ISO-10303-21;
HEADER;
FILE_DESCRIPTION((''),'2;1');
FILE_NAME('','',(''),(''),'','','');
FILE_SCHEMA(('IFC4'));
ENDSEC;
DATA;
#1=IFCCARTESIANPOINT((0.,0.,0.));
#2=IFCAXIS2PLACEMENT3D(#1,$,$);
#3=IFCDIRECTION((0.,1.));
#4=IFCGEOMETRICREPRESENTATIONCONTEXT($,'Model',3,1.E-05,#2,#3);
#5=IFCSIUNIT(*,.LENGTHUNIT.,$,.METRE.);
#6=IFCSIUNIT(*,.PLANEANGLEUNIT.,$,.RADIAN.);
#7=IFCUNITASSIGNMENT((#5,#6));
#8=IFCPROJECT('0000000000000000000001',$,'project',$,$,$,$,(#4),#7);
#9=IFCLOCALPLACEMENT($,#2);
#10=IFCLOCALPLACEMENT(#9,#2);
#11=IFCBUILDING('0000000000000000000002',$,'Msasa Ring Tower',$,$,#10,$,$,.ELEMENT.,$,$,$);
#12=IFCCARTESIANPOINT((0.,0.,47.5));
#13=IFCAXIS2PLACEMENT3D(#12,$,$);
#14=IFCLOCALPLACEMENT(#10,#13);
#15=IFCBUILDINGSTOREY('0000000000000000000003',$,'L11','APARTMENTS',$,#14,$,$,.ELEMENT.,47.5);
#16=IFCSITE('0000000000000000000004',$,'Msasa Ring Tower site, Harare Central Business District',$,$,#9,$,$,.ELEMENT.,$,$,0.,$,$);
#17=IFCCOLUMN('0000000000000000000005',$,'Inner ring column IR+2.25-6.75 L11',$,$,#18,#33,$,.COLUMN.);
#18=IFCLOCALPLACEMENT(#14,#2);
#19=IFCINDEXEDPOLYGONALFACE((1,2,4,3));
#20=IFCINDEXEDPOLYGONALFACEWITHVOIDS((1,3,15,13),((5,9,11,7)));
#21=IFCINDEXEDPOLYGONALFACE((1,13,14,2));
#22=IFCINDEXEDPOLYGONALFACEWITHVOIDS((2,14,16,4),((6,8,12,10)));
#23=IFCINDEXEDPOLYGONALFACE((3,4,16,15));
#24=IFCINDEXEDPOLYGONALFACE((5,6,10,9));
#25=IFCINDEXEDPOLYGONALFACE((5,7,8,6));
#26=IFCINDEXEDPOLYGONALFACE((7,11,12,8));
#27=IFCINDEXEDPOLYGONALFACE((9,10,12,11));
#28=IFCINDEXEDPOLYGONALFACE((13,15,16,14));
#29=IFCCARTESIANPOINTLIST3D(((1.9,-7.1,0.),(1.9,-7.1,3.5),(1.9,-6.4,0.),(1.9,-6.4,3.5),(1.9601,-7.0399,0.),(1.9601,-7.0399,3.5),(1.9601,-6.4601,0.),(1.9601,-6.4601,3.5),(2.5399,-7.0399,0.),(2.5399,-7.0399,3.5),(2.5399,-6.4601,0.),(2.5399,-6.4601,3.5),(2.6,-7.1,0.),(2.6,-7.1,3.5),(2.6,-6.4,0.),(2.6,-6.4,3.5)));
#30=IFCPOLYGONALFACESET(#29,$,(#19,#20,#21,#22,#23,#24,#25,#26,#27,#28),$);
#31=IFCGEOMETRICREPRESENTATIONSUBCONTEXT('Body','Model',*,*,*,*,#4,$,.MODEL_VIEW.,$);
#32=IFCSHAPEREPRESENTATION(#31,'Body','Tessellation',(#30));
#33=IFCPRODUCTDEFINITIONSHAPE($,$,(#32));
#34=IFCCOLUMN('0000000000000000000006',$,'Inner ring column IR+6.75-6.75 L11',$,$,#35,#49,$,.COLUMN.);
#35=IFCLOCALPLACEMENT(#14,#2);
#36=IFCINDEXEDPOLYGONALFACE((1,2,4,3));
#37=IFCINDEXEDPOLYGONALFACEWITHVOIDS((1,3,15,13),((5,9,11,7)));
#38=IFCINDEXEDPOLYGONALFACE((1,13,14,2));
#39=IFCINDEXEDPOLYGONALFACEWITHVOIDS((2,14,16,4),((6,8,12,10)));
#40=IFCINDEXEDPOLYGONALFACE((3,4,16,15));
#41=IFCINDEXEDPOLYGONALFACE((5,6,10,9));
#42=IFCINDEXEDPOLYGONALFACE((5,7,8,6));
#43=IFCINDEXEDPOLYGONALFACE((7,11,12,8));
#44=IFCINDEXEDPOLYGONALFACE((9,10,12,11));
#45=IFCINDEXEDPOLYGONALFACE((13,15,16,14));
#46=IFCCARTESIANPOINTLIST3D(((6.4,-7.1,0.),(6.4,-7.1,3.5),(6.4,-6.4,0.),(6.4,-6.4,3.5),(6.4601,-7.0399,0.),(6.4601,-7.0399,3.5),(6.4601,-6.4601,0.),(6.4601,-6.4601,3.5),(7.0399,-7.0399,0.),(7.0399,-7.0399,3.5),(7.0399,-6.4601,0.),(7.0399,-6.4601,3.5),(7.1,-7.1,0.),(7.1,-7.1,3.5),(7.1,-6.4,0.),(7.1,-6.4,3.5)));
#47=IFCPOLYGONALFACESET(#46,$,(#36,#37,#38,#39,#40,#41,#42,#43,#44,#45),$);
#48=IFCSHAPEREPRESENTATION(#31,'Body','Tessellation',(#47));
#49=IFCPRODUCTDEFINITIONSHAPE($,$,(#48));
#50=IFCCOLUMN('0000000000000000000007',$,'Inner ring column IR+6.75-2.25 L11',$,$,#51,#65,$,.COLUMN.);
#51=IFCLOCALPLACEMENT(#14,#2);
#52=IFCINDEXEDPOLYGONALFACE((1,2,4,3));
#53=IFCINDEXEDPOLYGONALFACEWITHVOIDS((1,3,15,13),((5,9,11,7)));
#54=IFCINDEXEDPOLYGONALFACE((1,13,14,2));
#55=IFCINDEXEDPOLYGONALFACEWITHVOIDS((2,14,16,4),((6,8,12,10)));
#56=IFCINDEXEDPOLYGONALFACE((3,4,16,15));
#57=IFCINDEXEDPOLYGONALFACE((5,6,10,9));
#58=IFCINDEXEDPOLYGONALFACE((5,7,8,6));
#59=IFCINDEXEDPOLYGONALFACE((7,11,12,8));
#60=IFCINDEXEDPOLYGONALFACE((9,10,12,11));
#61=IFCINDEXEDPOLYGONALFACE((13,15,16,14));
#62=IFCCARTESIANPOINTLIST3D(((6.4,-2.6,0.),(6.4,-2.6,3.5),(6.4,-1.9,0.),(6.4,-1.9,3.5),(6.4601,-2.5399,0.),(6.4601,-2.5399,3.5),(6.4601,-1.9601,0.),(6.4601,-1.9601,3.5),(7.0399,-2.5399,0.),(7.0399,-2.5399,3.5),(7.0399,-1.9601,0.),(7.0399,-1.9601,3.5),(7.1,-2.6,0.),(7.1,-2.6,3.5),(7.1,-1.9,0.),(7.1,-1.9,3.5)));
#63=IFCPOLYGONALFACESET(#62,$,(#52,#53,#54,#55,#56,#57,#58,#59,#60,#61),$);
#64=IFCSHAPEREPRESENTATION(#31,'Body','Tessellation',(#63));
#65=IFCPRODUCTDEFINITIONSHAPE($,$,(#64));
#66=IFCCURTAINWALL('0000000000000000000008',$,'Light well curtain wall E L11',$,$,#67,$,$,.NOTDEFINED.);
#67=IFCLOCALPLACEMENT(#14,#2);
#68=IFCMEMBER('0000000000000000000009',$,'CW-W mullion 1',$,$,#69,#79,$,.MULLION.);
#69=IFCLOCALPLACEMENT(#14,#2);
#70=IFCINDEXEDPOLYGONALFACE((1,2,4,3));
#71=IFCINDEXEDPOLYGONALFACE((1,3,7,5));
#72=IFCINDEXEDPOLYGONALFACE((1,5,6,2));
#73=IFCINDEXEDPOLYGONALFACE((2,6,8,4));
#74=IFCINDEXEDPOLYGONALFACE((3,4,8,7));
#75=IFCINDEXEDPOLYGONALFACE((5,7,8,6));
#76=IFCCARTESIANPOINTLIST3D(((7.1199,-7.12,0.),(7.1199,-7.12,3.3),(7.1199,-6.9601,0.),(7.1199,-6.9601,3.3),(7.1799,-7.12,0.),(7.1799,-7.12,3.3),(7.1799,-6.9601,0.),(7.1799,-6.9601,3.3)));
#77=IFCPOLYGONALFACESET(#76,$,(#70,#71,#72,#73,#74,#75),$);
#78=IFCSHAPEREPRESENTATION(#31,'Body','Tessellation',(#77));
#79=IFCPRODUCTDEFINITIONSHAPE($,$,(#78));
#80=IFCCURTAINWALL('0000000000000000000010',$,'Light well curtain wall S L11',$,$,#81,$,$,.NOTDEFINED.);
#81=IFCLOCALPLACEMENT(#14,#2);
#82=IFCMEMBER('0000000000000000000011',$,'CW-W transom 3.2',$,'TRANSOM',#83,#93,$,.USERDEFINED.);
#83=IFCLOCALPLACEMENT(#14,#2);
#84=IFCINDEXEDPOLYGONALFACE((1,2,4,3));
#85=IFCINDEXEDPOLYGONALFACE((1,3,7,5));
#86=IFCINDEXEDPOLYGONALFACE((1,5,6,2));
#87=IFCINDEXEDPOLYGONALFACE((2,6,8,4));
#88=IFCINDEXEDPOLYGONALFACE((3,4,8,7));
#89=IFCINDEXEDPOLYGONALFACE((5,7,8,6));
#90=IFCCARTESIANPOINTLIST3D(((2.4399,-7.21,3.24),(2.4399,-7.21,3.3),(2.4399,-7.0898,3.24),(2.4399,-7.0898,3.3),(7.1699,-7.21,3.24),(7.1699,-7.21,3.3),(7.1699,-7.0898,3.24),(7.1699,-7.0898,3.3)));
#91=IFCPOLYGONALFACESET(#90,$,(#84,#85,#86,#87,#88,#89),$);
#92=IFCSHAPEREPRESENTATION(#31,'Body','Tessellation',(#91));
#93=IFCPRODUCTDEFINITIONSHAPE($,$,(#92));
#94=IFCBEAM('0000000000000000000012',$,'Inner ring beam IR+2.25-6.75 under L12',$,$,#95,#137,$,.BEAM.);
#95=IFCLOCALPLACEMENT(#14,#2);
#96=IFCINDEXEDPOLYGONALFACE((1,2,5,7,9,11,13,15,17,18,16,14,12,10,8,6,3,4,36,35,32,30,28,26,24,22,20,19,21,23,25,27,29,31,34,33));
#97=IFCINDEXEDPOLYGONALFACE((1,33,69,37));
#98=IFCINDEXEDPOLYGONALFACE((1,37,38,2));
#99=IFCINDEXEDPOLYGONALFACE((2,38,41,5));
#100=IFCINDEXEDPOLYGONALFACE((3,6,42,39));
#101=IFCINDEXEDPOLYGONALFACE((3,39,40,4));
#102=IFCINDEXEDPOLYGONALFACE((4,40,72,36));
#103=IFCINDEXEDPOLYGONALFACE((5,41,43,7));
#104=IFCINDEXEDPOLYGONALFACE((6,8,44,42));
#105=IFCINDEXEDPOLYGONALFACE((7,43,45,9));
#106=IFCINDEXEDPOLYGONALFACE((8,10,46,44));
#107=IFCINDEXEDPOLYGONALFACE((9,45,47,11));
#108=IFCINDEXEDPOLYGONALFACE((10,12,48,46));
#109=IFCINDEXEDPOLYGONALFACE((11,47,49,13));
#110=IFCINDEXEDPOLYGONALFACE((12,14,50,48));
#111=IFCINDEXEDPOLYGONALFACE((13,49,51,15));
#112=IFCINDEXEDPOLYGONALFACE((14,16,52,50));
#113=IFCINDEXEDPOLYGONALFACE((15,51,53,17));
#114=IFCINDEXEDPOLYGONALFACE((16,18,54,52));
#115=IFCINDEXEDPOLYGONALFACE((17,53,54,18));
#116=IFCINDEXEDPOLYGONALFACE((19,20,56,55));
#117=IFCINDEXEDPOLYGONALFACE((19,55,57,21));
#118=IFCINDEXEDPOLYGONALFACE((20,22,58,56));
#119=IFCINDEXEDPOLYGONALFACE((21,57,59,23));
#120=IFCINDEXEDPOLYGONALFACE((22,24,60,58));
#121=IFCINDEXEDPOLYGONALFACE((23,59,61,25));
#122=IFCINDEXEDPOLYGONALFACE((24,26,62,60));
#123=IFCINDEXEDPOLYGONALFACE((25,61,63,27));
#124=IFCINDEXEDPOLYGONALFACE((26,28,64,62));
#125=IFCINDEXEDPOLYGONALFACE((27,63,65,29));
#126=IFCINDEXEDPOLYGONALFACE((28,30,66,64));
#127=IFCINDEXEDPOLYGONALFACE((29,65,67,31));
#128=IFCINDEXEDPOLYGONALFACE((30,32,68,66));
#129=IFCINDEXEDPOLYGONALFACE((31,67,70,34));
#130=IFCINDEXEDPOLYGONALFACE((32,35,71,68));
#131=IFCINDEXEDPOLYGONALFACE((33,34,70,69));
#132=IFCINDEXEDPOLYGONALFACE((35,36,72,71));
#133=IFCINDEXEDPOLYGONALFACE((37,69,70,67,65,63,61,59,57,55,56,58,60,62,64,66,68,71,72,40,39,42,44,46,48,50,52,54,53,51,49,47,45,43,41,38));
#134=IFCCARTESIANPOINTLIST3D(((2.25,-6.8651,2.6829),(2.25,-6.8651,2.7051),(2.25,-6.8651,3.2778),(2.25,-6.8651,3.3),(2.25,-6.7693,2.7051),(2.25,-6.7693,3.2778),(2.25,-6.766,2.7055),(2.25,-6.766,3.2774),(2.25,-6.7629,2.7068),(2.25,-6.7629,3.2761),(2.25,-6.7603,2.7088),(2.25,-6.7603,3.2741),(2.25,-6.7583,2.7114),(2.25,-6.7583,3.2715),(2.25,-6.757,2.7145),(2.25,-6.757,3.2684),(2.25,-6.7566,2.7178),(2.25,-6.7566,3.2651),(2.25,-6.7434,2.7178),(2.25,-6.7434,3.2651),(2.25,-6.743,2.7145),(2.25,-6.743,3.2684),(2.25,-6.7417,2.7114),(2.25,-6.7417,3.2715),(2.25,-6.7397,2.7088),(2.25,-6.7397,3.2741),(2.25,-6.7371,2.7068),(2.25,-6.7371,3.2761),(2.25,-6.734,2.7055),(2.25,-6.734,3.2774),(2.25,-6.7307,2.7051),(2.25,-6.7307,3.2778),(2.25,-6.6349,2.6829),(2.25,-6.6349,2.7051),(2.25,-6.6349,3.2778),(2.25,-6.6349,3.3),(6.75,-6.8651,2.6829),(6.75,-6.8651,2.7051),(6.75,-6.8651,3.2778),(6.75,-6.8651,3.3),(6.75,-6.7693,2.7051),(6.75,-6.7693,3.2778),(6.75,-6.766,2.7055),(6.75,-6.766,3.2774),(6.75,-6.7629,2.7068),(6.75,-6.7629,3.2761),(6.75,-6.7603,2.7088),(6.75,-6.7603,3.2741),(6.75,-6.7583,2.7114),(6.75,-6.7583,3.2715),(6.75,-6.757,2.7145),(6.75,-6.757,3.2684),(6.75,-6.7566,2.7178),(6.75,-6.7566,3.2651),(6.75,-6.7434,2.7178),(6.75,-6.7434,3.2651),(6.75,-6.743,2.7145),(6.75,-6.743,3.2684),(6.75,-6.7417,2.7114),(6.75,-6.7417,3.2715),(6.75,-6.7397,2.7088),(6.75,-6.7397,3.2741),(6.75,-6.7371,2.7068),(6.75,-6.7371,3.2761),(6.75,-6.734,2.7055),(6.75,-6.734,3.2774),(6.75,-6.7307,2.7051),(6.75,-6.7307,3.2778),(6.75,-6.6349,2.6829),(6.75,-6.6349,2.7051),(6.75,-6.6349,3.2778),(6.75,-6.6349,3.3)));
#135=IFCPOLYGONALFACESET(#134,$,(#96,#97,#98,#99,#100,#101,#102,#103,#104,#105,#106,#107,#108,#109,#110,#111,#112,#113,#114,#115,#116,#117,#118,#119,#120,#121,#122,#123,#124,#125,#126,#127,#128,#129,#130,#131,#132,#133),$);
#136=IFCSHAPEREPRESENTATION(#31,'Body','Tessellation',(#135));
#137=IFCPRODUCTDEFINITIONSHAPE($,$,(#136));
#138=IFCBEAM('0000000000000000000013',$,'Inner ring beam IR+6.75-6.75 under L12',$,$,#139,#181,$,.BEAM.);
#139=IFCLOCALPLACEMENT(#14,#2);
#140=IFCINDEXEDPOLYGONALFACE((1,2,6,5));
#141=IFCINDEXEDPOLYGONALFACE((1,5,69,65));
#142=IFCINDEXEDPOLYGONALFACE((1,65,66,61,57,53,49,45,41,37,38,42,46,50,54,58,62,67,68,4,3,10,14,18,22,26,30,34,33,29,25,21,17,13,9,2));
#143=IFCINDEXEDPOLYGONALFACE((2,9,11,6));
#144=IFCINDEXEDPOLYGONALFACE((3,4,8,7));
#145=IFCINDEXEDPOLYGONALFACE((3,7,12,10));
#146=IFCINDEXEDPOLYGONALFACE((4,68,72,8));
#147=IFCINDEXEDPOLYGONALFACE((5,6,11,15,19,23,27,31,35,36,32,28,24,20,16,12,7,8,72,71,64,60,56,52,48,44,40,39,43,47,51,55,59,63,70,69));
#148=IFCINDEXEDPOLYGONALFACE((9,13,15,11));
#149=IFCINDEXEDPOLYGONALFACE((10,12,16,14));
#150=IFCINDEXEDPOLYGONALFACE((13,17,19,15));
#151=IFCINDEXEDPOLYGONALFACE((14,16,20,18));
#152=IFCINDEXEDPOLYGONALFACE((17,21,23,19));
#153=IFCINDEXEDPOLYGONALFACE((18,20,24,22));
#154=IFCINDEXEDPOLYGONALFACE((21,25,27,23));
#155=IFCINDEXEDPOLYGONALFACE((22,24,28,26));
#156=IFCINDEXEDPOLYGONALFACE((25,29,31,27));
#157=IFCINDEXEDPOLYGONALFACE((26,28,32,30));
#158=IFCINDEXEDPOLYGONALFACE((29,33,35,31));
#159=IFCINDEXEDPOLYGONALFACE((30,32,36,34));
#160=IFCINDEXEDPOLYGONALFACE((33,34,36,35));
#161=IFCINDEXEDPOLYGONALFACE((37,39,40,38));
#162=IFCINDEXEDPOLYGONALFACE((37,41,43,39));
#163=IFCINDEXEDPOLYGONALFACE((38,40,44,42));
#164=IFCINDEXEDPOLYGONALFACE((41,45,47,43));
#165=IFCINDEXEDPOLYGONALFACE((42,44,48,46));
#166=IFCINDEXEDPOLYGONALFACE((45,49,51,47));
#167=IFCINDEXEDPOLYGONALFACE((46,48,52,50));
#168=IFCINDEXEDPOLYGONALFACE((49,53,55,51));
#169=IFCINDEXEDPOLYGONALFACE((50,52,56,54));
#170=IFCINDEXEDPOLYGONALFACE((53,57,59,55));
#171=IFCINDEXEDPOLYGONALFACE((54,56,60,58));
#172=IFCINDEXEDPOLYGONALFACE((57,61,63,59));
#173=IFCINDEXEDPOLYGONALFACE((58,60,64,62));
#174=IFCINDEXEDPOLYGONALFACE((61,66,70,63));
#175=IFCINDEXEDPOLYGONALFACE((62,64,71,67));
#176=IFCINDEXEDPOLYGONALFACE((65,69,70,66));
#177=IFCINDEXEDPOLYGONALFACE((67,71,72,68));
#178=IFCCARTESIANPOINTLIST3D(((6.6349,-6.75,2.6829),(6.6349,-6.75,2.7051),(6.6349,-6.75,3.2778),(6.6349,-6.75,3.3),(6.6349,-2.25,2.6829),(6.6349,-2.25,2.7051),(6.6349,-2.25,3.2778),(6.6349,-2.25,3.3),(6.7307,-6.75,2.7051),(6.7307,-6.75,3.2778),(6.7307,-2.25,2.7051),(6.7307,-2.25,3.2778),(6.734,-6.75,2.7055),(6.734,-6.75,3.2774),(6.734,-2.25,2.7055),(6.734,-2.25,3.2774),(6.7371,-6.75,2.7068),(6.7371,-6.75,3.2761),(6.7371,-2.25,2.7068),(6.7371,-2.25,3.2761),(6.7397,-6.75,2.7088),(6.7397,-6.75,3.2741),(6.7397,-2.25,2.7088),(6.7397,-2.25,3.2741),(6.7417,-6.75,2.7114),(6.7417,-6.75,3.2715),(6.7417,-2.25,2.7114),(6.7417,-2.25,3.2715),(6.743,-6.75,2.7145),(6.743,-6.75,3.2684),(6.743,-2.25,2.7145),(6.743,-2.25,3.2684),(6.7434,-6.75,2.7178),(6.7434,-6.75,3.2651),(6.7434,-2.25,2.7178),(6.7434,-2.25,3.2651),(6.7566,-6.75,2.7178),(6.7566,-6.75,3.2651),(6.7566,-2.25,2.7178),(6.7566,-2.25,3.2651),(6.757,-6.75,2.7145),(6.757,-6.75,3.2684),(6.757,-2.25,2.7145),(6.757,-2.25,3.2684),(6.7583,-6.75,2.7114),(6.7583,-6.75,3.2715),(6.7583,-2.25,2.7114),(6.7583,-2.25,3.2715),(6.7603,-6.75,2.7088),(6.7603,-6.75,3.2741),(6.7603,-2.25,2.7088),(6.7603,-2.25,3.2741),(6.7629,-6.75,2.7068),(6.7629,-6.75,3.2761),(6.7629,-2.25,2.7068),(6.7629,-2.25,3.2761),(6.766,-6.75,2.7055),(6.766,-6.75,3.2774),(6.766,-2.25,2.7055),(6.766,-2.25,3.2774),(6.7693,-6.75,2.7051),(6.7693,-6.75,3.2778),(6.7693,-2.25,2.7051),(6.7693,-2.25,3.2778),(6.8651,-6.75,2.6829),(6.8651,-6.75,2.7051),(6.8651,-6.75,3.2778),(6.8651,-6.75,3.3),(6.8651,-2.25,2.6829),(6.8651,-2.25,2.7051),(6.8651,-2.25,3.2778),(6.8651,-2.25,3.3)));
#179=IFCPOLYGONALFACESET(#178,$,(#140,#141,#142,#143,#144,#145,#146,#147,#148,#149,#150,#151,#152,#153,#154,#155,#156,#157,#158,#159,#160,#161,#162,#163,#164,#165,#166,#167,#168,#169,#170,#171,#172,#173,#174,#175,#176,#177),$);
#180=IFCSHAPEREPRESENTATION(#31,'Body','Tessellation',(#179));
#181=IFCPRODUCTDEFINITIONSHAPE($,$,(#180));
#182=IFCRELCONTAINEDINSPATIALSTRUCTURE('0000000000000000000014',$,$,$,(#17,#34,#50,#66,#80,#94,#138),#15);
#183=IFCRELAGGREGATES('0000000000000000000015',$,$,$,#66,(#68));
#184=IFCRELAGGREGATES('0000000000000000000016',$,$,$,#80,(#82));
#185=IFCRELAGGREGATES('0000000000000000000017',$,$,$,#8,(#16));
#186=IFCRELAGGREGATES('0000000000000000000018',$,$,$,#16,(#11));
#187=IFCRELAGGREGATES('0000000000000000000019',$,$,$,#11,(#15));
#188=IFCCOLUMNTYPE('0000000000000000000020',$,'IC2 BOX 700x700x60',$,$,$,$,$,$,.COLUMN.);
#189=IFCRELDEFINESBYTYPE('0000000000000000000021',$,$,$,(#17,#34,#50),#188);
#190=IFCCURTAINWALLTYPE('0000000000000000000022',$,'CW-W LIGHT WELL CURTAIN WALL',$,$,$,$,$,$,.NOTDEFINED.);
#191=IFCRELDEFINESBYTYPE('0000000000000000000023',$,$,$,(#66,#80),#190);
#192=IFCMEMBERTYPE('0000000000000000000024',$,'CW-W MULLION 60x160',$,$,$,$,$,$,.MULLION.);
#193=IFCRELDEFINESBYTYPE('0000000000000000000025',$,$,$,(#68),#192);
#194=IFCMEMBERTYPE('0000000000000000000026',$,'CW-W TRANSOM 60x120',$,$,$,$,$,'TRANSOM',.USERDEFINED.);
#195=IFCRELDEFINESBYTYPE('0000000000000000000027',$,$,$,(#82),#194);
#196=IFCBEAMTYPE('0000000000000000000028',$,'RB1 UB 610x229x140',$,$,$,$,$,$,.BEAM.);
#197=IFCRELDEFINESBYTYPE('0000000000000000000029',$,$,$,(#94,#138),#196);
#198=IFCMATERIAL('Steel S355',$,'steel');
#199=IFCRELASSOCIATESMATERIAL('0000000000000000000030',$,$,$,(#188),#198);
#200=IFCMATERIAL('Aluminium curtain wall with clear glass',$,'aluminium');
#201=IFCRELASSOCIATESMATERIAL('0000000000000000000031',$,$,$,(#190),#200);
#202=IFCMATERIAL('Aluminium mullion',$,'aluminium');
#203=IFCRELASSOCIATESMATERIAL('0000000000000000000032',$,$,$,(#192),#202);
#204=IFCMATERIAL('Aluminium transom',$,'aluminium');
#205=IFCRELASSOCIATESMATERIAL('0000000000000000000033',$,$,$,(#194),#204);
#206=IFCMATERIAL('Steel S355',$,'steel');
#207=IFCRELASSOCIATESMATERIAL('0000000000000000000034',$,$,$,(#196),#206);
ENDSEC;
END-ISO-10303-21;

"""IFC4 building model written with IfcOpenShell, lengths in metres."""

from ifc_helpers import new_model, si_unit, direction, frame, origin, origin_2d, place, context, subcontext, project, spatial, rectangle, hollow_rectangle, i_section, extrude, material, material_profile, profile_set, type_object, element, aggregate, save


model = new_model("IFC4")

# Units and contexts
model_context = context("Model", 3, precision=1e-05, world=origin(), true_north=direction((0.0, 1.0)))
body_context = subcontext(model_context, "Body", "Model", "MODEL_VIEW")
ifc_project = project(units=[si_unit("LENGTHUNIT", "METRE"), si_unit("PLANEANGLEUNIT", "RADIAN")], contexts=[model_context])

# Site, building, storey
site_placement = place(None, origin())
site = spatial("IfcSite", under=ifc_project, at=site_placement, Name="Msasa Ring Tower site, Harare Central Business District", CompositionType="ELEMENT", RefElevation=0.0)
building_placement = place(site_placement, origin())
building = spatial("IfcBuilding", under=site, at=building_placement, Name="Msasa Ring Tower", CompositionType="ELEMENT")
storey_placement = place(building_placement, frame((0.0, 0.0, 47.5)))
storey = spatial("IfcBuildingStorey", under=building, at=storey_placement, Name="L11", Description="APARTMENTS", CompositionType="ELEMENT", Elevation=47.5)

# Columns
ifc_material_1 = material(Name="Steel S355", Category="steel")
ifc_material_profile_1 = material_profile(ifc_material_1, hollow_rectangle(XDim=0.7, YDim=0.7, WallThickness=0.0601, at=origin_2d()), Name="BOX 700x700x60")
ifc_profile_set_1 = profile_set([ifc_material_profile_1], Name="Steel S355")
column_type = type_object("IfcColumnType", Name="IC2 BOX 700x700x60", PredefinedType="COLUMN", material=ifc_profile_set_1)
for number, where, z_axis, x_axis, name in (
    (1, (2.25, -6.75, 0.0), (0.0, 0.0, 1.0), (1.0, 0.0, 0.0), "Inner ring column IR+2.25-6.75 L11"),
    (2, (6.75, -6.75, 0.0), (0.0, 0.0, 1.0), (1.0, 0.0, 0.0), "Inner ring column IR+6.75-6.75 L11"),
    (3, (6.75, -2.25, 0.0), (0.0, 0.0, 1.0), (1.0, 0.0, 0.0), "Inner ring column IR+6.75-2.25 L11"),
):
    element("IfcColumn", number, at=place(storey_placement, frame(where, z_axis=z_axis, x_axis=x_axis)), inside=storey, type_object=column_type, Name=name, PredefinedType="COLUMN", context=body_context, shape_type="SweptSolid", body=[
        extrude(hollow_rectangle(XDim=0.7, YDim=0.7, WallThickness=0.0601, at=origin_2d()), origin(), (0.0, 0.0, 1.0), 3.5),
    ])

# Curtain walls, members
ifc_material_2 = material(Name="Aluminium curtain wall with clear glass", Category="aluminium")
curtain_wall_type = type_object("IfcCurtainWallType", Name="CW-W LIGHT WELL CURTAIN WALL", PredefinedType="NOTDEFINED", material=ifc_material_2)
curtain_wall_1_placement = place(storey_placement, origin())
curtain_wall_1 = element("IfcCurtainWall", 4, at=curtain_wall_1_placement, inside=storey, type_object=curtain_wall_type, Name="Light well curtain wall E L11", PredefinedType="NOTDEFINED")
ifc_material_3 = material(Name="Aluminium mullion", Category="aluminium")
ifc_material_profile_2 = material_profile(ifc_material_3, rectangle(XDim=0.0601, YDim=0.1599, at=origin_2d()), Name="AL 60x160")
ifc_profile_set_2 = profile_set([ifc_material_profile_2], Name="Aluminium mullion")
member_type_1 = type_object("IfcMemberType", Name="CW-W MULLION 60x160", PredefinedType="MULLION", material=ifc_profile_set_2)
member_1_placement = place(storey_placement, frame((7.1499, -7.04, 0.0), z_axis=(0.0, 0.0, 1.0), x_axis=(-1.0, 0.0, 0.0)))
member_1 = element("IfcMember", 5, at=member_1_placement, type_object=member_type_1, Name="CW-W mullion 1", PredefinedType="MULLION", context=body_context, shape_type="SweptSolid", body=[
    extrude(rectangle(XDim=0.0601, YDim=0.1599, at=origin_2d()), origin(), (0.0, 0.0, 1.0), 3.3),
])
aggregate(curtain_wall_1, [member_1])
curtain_wall_2_placement = place(storey_placement, origin())
curtain_wall_2 = element("IfcCurtainWall", 6, at=curtain_wall_2_placement, inside=storey, type_object=curtain_wall_type, Name="Light well curtain wall S L11", PredefinedType="NOTDEFINED")
ifc_material_4 = material(Name="Aluminium transom", Category="aluminium")
ifc_material_profile_3 = material_profile(ifc_material_4, rectangle(XDim=0.1201, YDim=0.0601, at=origin_2d()), Name="AL 60x120")
ifc_profile_set_3 = profile_set([ifc_material_profile_3], Name="Aluminium transom")
member_type_2 = type_object("IfcMemberType", Name="CW-W TRANSOM 60x120", ElementType="TRANSOM", PredefinedType="USERDEFINED", material=ifc_profile_set_3)
member_2_placement = place(storey_placement, frame((2.4399, -7.1499, 3.27), z_axis=(1.0, 0.0, 0.0), x_axis=(0.0, 1.0, 0.0)))
member_2 = element("IfcMember", 7, at=member_2_placement, type_object=member_type_2, Name="CW-W transom 3.2", ObjectType="TRANSOM", PredefinedType="USERDEFINED", context=body_context, shape_type="SweptSolid", body=[
    extrude(rectangle(XDim=0.1201, YDim=0.0601, at=origin_2d()), origin(), (0.0, 0.0, 1.0), 4.73),
])

# Beams
ifc_material_5 = material(Name="Steel S355", Category="steel")
ifc_material_profile_4 = material_profile(ifc_material_5, i_section(OverallWidth=0.2302, OverallDepth=0.6172, WebThickness=0.0132, FlangeThickness=0.0222, FilletRadius=0.0127, at=origin_2d()), Name="UB 610x229x140")
ifc_profile_set_4 = profile_set([ifc_material_profile_4], Name="Steel S355")
beam_type = type_object("IfcBeamType", Name="RB1 UB 610x229x140", PredefinedType="BEAM", material=ifc_profile_set_4)
for number, where, z_axis, x_axis, name in (
    (8, (2.25, -6.75, 2.9915), (1.0, 0.0, 0.0), (0.0, 1.0, 0.0), "Inner ring beam IR+2.25-6.75 under L12"),
    (9, (6.75, -6.75, 2.9915), (0.0, 1.0, 0.0), (-1.0, 0.0, 0.0), "Inner ring beam IR+6.75-6.75 under L12"),
):
    element("IfcBeam", number, at=place(storey_placement, frame(where, z_axis=z_axis, x_axis=x_axis)), inside=storey, type_object=beam_type, Name=name, PredefinedType="BEAM", context=body_context, shape_type="SweptSolid", body=[
        extrude(i_section(OverallWidth=0.2302, OverallDepth=0.6172, WebThickness=0.0132, FlangeThickness=0.0222, FilletRadius=0.0127, at=origin_2d()), origin(), (0.0, 0.0, 1.0), 4.5),
    ])

aggregate(curtain_wall_2, [member_2])

save(model, "model.ifc")
